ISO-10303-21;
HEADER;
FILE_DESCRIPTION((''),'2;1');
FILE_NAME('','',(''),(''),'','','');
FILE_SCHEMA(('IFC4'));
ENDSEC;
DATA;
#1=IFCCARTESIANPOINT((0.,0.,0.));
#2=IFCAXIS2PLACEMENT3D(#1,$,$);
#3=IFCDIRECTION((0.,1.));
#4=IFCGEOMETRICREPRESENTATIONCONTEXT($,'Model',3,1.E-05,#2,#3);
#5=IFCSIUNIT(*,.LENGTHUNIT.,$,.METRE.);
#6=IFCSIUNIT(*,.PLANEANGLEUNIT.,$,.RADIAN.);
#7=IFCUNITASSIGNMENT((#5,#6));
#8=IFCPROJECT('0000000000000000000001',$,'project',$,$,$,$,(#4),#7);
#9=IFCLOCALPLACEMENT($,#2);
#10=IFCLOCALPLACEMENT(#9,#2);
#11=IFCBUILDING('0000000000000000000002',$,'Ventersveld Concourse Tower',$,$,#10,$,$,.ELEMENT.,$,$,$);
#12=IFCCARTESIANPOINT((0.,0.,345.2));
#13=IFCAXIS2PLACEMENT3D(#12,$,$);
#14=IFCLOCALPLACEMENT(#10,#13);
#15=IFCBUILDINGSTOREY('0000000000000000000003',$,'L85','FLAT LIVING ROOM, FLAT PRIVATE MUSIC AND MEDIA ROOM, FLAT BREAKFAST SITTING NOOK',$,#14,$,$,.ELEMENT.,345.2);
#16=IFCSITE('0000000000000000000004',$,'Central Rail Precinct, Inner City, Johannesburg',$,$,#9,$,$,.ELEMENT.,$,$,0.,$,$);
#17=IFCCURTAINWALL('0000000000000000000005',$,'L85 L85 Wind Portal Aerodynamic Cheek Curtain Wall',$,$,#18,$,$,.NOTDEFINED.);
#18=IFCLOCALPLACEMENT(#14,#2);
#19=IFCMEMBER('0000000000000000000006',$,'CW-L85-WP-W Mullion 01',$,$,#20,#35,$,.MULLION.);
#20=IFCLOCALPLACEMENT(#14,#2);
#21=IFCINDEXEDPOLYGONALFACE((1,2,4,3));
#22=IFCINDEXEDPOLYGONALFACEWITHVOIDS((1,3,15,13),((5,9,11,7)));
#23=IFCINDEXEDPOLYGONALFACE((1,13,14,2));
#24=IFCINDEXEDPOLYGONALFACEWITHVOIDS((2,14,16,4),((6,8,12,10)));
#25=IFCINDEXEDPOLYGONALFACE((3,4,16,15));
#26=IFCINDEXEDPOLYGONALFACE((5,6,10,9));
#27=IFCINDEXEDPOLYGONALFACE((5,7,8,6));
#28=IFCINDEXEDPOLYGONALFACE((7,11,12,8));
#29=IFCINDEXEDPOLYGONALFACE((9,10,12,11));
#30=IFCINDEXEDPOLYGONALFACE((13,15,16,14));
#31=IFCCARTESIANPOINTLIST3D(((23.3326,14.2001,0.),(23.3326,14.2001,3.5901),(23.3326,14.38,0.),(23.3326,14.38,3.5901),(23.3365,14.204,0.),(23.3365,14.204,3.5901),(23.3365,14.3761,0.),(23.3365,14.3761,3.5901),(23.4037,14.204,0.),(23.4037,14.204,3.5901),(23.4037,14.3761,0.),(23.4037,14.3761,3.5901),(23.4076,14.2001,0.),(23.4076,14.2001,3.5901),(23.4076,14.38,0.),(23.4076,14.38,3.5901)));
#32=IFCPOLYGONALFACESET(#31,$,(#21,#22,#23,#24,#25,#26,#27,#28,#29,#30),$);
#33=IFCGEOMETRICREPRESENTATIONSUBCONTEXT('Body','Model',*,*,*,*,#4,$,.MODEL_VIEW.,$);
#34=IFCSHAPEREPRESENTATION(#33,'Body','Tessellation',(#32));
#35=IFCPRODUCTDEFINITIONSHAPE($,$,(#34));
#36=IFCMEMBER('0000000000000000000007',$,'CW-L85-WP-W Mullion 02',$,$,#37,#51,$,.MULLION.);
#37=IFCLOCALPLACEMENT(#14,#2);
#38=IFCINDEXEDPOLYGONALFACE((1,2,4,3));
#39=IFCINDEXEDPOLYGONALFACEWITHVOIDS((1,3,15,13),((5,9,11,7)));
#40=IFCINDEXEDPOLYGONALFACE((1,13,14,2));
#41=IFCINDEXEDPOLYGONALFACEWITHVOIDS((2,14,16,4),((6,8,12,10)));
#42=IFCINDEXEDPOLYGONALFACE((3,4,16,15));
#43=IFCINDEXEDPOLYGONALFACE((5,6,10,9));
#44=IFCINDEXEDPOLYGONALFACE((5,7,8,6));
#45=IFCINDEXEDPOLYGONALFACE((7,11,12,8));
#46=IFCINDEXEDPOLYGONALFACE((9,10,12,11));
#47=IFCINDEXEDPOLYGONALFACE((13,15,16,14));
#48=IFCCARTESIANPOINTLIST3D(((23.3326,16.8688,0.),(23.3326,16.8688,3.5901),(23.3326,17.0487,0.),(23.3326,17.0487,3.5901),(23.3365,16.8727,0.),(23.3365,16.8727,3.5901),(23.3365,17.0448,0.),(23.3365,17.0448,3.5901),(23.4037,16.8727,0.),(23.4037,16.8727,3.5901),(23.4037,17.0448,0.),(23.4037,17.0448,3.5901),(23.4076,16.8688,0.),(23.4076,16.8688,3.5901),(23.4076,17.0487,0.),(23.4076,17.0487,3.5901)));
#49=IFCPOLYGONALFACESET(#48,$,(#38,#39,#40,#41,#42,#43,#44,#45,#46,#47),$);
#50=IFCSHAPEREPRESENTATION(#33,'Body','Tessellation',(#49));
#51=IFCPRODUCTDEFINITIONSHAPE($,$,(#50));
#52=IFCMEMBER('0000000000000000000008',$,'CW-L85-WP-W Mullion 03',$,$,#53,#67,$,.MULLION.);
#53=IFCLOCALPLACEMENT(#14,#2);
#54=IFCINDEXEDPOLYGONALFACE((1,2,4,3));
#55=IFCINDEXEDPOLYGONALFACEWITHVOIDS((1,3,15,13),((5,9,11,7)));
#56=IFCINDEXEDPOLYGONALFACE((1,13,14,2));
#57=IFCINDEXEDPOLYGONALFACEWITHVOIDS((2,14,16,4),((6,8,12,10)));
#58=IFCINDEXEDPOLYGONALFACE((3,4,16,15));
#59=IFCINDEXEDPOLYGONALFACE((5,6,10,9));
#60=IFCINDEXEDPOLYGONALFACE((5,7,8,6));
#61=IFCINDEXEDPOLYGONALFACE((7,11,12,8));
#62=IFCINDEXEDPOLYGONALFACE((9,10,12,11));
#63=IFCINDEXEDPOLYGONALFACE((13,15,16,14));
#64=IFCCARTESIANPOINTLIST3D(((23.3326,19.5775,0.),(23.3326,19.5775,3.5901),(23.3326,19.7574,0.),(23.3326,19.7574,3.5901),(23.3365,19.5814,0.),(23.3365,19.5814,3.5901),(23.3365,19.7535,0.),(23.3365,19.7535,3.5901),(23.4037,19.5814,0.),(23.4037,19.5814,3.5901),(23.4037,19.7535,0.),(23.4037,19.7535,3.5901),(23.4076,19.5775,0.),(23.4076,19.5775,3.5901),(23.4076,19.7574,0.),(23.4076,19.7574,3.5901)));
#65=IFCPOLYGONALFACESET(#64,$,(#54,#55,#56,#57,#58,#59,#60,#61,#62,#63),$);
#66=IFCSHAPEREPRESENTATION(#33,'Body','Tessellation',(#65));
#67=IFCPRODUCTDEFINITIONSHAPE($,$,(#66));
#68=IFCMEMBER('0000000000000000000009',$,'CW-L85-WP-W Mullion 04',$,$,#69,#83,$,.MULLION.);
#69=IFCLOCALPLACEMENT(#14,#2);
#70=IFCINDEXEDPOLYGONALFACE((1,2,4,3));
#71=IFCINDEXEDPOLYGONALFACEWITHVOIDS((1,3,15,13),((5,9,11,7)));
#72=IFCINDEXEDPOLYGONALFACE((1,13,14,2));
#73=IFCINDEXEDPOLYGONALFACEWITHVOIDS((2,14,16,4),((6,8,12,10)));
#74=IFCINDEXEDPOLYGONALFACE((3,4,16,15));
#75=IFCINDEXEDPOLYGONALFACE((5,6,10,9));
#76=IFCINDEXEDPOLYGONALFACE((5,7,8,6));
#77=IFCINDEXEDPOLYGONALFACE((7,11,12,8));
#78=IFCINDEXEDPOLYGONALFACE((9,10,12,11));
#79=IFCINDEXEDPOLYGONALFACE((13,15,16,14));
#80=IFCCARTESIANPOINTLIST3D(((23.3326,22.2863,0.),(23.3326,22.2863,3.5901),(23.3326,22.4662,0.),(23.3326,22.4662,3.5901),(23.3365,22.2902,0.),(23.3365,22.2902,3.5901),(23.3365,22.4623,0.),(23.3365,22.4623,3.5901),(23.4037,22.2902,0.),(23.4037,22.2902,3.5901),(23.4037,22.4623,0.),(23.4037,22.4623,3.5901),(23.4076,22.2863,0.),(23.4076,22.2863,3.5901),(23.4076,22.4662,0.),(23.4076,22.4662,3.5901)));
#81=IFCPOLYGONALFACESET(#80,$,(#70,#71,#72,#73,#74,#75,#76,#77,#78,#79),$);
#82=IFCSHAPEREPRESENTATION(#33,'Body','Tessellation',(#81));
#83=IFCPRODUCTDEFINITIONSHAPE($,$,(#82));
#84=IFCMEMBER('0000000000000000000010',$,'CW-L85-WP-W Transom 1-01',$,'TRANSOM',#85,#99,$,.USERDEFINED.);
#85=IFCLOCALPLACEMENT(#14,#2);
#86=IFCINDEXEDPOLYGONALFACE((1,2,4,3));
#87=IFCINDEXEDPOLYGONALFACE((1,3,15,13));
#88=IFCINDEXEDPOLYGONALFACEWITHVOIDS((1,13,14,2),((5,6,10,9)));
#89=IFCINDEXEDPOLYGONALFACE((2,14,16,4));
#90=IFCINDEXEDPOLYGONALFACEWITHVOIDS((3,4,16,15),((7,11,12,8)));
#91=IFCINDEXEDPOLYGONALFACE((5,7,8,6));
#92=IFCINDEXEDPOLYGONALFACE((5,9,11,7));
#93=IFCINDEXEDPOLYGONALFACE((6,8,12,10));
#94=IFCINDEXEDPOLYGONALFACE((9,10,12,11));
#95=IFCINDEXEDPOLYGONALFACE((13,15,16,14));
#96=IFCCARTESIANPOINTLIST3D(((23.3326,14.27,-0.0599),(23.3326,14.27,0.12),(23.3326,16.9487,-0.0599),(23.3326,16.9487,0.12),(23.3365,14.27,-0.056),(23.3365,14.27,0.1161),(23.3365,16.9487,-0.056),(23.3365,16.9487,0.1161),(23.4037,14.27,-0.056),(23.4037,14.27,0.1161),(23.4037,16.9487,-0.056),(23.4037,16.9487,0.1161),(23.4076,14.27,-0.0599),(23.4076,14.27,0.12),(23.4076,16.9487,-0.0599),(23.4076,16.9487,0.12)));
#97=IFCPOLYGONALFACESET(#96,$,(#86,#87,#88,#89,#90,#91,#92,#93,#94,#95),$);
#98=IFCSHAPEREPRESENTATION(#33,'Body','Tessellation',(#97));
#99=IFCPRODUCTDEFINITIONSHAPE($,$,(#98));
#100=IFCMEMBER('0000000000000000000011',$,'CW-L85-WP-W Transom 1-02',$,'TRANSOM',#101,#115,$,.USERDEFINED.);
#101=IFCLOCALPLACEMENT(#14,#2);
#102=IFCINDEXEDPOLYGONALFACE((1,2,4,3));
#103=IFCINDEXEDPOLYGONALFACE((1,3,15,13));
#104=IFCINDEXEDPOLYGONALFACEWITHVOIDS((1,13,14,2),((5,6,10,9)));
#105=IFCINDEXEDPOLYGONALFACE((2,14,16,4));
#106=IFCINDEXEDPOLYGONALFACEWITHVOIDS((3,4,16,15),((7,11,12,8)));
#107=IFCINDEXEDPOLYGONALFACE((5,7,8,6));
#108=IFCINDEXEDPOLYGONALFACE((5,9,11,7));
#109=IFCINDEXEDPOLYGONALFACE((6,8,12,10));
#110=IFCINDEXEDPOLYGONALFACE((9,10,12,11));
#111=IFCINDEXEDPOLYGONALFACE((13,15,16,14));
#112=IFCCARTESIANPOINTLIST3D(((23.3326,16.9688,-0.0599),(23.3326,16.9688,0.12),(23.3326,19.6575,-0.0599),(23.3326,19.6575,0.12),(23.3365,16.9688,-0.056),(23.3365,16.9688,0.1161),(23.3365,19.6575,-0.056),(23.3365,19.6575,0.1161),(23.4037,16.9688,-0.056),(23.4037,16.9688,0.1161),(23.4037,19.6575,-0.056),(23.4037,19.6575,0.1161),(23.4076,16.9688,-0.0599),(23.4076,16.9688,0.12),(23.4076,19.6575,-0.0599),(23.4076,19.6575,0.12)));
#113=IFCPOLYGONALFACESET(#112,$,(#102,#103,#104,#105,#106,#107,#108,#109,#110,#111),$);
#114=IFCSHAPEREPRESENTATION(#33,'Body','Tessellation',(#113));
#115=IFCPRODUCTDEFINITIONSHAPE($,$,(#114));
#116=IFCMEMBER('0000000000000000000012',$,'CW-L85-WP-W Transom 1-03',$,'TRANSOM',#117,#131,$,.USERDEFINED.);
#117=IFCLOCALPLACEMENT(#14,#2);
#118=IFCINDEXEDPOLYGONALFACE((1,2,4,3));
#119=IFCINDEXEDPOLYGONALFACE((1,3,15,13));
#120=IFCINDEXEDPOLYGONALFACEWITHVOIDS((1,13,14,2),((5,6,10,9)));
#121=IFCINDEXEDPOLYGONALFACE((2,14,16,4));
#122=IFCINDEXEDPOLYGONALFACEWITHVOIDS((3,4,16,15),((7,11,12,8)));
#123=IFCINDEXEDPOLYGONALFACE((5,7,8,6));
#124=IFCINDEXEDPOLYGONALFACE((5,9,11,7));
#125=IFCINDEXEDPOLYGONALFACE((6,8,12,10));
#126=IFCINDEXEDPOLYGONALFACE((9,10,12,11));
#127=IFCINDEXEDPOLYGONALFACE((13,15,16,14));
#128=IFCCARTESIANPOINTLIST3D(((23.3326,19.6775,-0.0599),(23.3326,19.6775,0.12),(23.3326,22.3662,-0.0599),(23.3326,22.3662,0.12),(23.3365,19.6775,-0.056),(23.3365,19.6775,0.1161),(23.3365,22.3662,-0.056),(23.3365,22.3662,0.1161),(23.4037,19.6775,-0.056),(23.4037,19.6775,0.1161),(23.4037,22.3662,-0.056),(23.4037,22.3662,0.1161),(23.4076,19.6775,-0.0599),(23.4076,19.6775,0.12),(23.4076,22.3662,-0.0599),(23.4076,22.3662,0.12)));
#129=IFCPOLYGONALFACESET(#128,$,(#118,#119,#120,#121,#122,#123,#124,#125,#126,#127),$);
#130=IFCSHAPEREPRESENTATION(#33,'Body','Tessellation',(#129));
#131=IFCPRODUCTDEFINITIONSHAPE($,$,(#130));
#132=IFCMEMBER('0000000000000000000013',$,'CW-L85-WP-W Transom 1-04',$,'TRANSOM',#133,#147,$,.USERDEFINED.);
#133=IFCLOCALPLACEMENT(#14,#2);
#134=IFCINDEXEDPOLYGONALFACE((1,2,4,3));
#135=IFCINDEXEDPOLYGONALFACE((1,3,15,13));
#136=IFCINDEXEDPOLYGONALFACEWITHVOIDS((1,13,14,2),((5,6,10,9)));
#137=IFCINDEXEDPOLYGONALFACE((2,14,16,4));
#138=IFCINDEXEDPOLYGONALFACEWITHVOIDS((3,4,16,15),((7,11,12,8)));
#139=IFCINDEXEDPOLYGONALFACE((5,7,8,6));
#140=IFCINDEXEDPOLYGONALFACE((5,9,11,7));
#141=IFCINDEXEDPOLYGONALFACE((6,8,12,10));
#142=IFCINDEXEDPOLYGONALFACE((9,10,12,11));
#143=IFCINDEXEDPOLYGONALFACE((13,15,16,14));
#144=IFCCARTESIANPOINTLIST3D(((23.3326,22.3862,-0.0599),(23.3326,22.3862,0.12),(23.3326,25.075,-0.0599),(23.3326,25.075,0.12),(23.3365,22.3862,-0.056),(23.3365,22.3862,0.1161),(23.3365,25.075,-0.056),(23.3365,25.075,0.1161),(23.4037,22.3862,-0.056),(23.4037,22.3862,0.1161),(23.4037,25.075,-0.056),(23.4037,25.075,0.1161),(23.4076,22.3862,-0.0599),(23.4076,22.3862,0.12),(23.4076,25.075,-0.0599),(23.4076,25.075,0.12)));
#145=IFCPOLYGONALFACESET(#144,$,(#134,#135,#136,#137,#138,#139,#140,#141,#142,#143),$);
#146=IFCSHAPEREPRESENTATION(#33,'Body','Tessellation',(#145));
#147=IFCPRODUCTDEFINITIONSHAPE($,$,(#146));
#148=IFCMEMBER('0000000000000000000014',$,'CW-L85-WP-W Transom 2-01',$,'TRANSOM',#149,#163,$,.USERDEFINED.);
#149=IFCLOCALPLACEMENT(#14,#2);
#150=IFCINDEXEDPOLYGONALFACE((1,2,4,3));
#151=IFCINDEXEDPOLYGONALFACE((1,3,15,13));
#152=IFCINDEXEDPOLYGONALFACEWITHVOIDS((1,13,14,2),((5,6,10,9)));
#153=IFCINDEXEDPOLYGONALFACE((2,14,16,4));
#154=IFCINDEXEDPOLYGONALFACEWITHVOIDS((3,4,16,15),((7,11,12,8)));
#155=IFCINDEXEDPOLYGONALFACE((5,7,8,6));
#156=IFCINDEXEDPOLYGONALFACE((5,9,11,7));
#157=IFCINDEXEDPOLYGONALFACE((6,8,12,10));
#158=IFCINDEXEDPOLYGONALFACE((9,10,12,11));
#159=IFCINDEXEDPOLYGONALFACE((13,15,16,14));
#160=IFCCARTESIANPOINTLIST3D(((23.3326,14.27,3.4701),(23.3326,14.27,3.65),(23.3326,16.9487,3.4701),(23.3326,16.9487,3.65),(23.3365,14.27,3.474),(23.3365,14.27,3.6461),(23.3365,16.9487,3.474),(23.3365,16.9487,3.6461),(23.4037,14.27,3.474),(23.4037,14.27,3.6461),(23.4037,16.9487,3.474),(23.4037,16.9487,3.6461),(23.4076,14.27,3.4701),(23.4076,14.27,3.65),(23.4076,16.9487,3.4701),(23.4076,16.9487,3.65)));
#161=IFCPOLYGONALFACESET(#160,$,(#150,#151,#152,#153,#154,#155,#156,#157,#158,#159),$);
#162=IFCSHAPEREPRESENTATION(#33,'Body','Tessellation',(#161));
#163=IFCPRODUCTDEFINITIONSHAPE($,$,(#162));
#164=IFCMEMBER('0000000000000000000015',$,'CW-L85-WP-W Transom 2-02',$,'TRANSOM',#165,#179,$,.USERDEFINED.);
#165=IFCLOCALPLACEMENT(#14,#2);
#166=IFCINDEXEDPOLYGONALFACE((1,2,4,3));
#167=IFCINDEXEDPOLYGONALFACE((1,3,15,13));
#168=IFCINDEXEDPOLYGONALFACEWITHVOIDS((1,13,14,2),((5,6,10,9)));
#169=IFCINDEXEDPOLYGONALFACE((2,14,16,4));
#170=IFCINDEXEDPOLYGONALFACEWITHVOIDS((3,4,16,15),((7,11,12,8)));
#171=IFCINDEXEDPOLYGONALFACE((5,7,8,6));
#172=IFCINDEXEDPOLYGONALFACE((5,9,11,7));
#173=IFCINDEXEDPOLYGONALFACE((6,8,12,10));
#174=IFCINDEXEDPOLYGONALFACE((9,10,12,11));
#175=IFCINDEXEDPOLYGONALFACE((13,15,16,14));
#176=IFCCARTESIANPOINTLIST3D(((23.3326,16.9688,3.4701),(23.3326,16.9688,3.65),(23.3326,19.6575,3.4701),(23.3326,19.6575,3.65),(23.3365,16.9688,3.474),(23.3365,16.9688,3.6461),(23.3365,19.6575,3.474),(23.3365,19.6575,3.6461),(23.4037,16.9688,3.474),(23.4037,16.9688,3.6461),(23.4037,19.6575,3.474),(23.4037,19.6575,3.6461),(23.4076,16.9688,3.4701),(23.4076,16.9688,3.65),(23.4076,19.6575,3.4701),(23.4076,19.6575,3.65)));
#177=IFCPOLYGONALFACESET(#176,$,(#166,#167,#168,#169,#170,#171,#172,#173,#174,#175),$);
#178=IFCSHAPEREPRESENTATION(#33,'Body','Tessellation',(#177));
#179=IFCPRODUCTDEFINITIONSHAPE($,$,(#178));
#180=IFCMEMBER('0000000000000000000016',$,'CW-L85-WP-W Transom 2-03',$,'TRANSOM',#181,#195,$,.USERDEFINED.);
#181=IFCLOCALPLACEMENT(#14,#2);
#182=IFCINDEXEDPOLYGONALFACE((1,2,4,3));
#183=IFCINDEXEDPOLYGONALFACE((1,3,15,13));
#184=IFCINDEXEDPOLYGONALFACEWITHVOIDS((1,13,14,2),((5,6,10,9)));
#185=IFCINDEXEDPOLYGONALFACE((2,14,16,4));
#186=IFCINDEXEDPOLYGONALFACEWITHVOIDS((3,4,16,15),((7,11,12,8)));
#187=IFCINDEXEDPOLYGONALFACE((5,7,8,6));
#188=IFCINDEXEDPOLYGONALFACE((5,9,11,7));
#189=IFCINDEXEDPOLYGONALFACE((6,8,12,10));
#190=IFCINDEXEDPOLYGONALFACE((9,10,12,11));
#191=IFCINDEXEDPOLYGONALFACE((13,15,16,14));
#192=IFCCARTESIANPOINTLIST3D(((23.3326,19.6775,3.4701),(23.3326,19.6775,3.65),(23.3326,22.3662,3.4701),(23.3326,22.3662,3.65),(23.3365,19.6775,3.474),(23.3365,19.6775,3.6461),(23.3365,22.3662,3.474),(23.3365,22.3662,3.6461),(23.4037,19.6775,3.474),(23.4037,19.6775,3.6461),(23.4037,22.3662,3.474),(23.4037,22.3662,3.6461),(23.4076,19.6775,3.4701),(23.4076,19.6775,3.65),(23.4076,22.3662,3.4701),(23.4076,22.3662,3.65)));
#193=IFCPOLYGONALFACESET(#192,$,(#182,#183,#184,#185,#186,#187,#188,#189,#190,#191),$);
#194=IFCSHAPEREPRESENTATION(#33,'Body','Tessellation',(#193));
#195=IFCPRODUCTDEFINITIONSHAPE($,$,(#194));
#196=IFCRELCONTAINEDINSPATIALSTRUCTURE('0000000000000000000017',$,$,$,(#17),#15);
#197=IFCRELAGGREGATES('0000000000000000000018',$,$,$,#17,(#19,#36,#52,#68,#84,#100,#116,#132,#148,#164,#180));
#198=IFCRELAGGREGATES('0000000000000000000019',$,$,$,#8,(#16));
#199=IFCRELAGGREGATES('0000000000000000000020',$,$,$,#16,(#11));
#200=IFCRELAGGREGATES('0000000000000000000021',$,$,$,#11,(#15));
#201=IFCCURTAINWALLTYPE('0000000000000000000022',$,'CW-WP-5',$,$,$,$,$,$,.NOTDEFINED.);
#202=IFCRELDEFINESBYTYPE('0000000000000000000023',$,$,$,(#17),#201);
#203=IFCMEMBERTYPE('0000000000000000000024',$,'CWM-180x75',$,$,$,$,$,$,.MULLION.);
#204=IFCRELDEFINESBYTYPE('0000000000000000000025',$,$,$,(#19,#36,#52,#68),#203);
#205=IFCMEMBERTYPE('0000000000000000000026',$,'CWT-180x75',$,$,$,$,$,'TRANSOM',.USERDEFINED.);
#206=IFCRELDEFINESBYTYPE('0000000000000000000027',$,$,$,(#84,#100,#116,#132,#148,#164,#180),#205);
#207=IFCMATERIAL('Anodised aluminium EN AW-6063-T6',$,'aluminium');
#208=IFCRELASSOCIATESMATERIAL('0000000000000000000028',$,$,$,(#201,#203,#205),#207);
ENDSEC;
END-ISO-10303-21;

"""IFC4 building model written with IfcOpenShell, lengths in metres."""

from ifc_helpers import new_model, si_unit, direction, frame, origin, origin_2d, place, context, subcontext, project, spatial, hollow_rectangle, extrude, material, material_profile, profile_set, type_object, element, aggregate, save


model = new_model("IFC4")

# Units and contexts
model_context = context("Model", 3, precision=1e-05, world=origin(), true_north=direction((0.0, 1.0)))
body_context = subcontext(model_context, "Body", "Model", "MODEL_VIEW")
ifc_project = project(units=[si_unit("LENGTHUNIT", "METRE"), si_unit("PLANEANGLEUNIT", "RADIAN")], contexts=[model_context])

# Site, building, storey
site_placement = place(None, origin())
site = spatial("IfcSite", under=ifc_project, at=site_placement, Name="Central Rail Precinct, Inner City, Johannesburg", CompositionType="ELEMENT", RefElevation=0.0)
building_placement = place(site_placement, origin())
building = spatial("IfcBuilding", under=site, at=building_placement, Name="Ventersveld Concourse Tower", CompositionType="ELEMENT")
storey_placement = place(building_placement, frame((0.0, 0.0, 345.2)))
storey = spatial("IfcBuildingStorey", under=building, at=storey_placement, Name="L85", Description="FLAT LIVING ROOM, FLAT PRIVATE MUSIC AND MEDIA ROOM, FLAT BREAKFAST SITTING NOOK", CompositionType="ELEMENT", Elevation=345.2)

# Curtain wall, members
ifc_material_1 = material(Name="Anodised aluminium EN AW-6063-T6", Category="aluminium")
curtain_wall_type = type_object("IfcCurtainWallType", Name="CW-WP-5", PredefinedType="NOTDEFINED", material=ifc_material_1)
curtain_wall_placement = place(storey_placement, origin())
curtain_wall = element("IfcCurtainWall", 1, at=curtain_wall_placement, inside=storey, type_object=curtain_wall_type, Name="L85 L85 Wind Portal Aerodynamic Cheek Curtain Wall", PredefinedType="NOTDEFINED")
ifc_material_profile_1 = material_profile(ifc_material_1, hollow_rectangle(XDim=0.075, YDim=0.1799, WallThickness=0.0039, at=origin_2d()), Name="ALU 180x75x4")
ifc_profile_set_1 = profile_set([ifc_material_profile_1], Name="Anodised aluminium EN AW-6063-T6")
member_type_1 = type_object("IfcMemberType", Name="CWM-180x75", PredefinedType="MULLION", material=ifc_profile_set_1)
member_1_placement = place(storey_placement, frame((23.3701, 14.29, 0.0), z_axis=(0.0, 0.0, 1.0), x_axis=(1.0, 0.0, 0.0)))
member_1 = element("IfcMember", 2, at=member_1_placement, type_object=member_type_1, Name="CW-L85-WP-W Mullion 01", PredefinedType="MULLION", context=body_context, shape_type="SweptSolid", body=[
    extrude(hollow_rectangle(XDim=0.075, YDim=0.1799, WallThickness=0.0039, at=origin_2d()), origin(), (0.0, 0.0, 1.0), 3.5901),
])
member_2_placement = place(storey_placement, frame((23.3701, 16.9587, 0.0), z_axis=(0.0, 0.0, 1.0), x_axis=(1.0, 0.0, 0.0)))
member_2 = element("IfcMember", 3, at=member_2_placement, type_object=member_type_1, Name="CW-L85-WP-W Mullion 02", PredefinedType="MULLION", context=body_context, shape_type="SweptSolid", body=[
    extrude(hollow_rectangle(XDim=0.075, YDim=0.1799, WallThickness=0.0039, at=origin_2d()), origin(), (0.0, 0.0, 1.0), 3.5901),
])
member_3_placement = place(storey_placement, frame((23.3701, 19.6675, 0.0), z_axis=(0.0, 0.0, 1.0), x_axis=(1.0, 0.0, 0.0)))
member_3 = element("IfcMember", 4, at=member_3_placement, type_object=member_type_1, Name="CW-L85-WP-W Mullion 03", PredefinedType="MULLION", context=body_context, shape_type="SweptSolid", body=[
    extrude(hollow_rectangle(XDim=0.075, YDim=0.1799, WallThickness=0.0039, at=origin_2d()), origin(), (0.0, 0.0, 1.0), 3.5901),
])
member_4_placement = place(storey_placement, frame((23.3701, 22.3762, 0.0), z_axis=(0.0, 0.0, 1.0), x_axis=(1.0, 0.0, 0.0)))
member_4 = element("IfcMember", 5, at=member_4_placement, type_object=member_type_1, Name="CW-L85-WP-W Mullion 04", PredefinedType="MULLION", context=body_context, shape_type="SweptSolid", body=[
    extrude(hollow_rectangle(XDim=0.075, YDim=0.1799, WallThickness=0.0039, at=origin_2d()), origin(), (0.0, 0.0, 1.0), 3.5901),
])
ifc_material_profile_2 = material_profile(ifc_material_1, hollow_rectangle(XDim=0.075, YDim=0.1799, WallThickness=0.0039, at=origin_2d()), Name="ALU 180x75x4")
ifc_profile_set_2 = profile_set([ifc_material_profile_2], Name="Anodised aluminium EN AW-6063-T6")
member_type_2 = type_object("IfcMemberType", Name="CWT-180x75", ElementType="TRANSOM", PredefinedType="USERDEFINED", material=ifc_profile_set_2)
member_5_placement = place(storey_placement, frame((23.3701, 14.27, 0.03), z_axis=(0.0, 1.0, 0.0), x_axis=(-1.0, 0.0, 0.0)))
member_5 = element("IfcMember", 6, at=member_5_placement, type_object=member_type_2, Name="CW-L85-WP-W Transom 1-01", ObjectType="TRANSOM", PredefinedType="USERDEFINED", context=body_context, shape_type="SweptSolid", body=[
    extrude(hollow_rectangle(XDim=0.075, YDim=0.1799, WallThickness=0.0039, at=origin_2d()), origin(), (0.0, 0.0, 1.0), 2.6787),
])
member_6_placement = place(storey_placement, frame((23.3701, 16.9688, 0.03), z_axis=(0.0, 1.0, 0.0), x_axis=(-1.0, 0.0, 0.0)))
member_6 = element("IfcMember", 7, at=member_6_placement, type_object=member_type_2, Name="CW-L85-WP-W Transom 1-02", ObjectType="TRANSOM", PredefinedType="USERDEFINED", context=body_context, shape_type="SweptSolid", body=[
    extrude(hollow_rectangle(XDim=0.075, YDim=0.1799, WallThickness=0.0039, at=origin_2d()), origin(), (0.0, 0.0, 1.0), 2.6887),
])
member_7_placement = place(storey_placement, frame((23.3701, 19.6775, 0.03), z_axis=(0.0, 1.0, 0.0), x_axis=(-1.0, 0.0, 0.0)))
member_7 = element("IfcMember", 8, at=member_7_placement, type_object=member_type_2, Name="CW-L85-WP-W Transom 1-03", ObjectType="TRANSOM", PredefinedType="USERDEFINED", context=body_context, shape_type="SweptSolid", body=[
    extrude(hollow_rectangle(XDim=0.075, YDim=0.1799, WallThickness=0.0039, at=origin_2d()), origin(), (0.0, 0.0, 1.0), 2.6887),
])
member_8_placement = place(storey_placement, frame((23.3701, 22.3862, 0.03), z_axis=(0.0, 1.0, 0.0), x_axis=(-1.0, 0.0, 0.0)))
member_8 = element("IfcMember", 9, at=member_8_placement, type_object=member_type_2, Name="CW-L85-WP-W Transom 1-04", ObjectType="TRANSOM", PredefinedType="USERDEFINED", context=body_context, shape_type="SweptSolid", body=[
    extrude(hollow_rectangle(XDim=0.075, YDim=0.1799, WallThickness=0.0039, at=origin_2d()), origin(), (0.0, 0.0, 1.0), 2.6887),
])
member_9_placement = place(storey_placement, frame((23.3701, 14.27, 3.5601), z_axis=(0.0, 1.0, 0.0), x_axis=(-1.0, 0.0, 0.0)))
member_9 = element("IfcMember", 10, at=member_9_placement, type_object=member_type_2, Name="CW-L85-WP-W Transom 2-01", ObjectType="TRANSOM", PredefinedType="USERDEFINED", context=body_context, shape_type="SweptSolid", body=[
    extrude(hollow_rectangle(XDim=0.075, YDim=0.1799, WallThickness=0.0039, at=origin_2d()), origin(), (0.0, 0.0, 1.0), 2.6787),
])
member_10_placement = place(storey_placement, frame((23.3701, 16.9688, 3.5601), z_axis=(0.0, 1.0, 0.0), x_axis=(-1.0, 0.0, 0.0)))
member_10 = element("IfcMember", 11, at=member_10_placement, type_object=member_type_2, Name="CW-L85-WP-W Transom 2-02", ObjectType="TRANSOM", PredefinedType="USERDEFINED", context=body_context, shape_type="SweptSolid", body=[
    extrude(hollow_rectangle(XDim=0.075, YDim=0.1799, WallThickness=0.0039, at=origin_2d()), origin(), (0.0, 0.0, 1.0), 2.6887),
])
member_11_placement = place(storey_placement, frame((23.3701, 19.6775, 3.5601), z_axis=(0.0, 1.0, 0.0), x_axis=(-1.0, 0.0, 0.0)))
member_11 = element("IfcMember", 12, at=member_11_placement, type_object=member_type_2, Name="CW-L85-WP-W Transom 2-03", ObjectType="TRANSOM", PredefinedType="USERDEFINED", context=body_context, shape_type="SweptSolid", body=[
    extrude(hollow_rectangle(XDim=0.075, YDim=0.1799, WallThickness=0.0039, at=origin_2d()), origin(), (0.0, 0.0, 1.0), 2.6887),
])

aggregate(curtain_wall, [member_1, member_2, member_3, member_4, member_5, member_6, member_7, member_8, member_9, member_10, member_11])

save(model, "model.ifc")
